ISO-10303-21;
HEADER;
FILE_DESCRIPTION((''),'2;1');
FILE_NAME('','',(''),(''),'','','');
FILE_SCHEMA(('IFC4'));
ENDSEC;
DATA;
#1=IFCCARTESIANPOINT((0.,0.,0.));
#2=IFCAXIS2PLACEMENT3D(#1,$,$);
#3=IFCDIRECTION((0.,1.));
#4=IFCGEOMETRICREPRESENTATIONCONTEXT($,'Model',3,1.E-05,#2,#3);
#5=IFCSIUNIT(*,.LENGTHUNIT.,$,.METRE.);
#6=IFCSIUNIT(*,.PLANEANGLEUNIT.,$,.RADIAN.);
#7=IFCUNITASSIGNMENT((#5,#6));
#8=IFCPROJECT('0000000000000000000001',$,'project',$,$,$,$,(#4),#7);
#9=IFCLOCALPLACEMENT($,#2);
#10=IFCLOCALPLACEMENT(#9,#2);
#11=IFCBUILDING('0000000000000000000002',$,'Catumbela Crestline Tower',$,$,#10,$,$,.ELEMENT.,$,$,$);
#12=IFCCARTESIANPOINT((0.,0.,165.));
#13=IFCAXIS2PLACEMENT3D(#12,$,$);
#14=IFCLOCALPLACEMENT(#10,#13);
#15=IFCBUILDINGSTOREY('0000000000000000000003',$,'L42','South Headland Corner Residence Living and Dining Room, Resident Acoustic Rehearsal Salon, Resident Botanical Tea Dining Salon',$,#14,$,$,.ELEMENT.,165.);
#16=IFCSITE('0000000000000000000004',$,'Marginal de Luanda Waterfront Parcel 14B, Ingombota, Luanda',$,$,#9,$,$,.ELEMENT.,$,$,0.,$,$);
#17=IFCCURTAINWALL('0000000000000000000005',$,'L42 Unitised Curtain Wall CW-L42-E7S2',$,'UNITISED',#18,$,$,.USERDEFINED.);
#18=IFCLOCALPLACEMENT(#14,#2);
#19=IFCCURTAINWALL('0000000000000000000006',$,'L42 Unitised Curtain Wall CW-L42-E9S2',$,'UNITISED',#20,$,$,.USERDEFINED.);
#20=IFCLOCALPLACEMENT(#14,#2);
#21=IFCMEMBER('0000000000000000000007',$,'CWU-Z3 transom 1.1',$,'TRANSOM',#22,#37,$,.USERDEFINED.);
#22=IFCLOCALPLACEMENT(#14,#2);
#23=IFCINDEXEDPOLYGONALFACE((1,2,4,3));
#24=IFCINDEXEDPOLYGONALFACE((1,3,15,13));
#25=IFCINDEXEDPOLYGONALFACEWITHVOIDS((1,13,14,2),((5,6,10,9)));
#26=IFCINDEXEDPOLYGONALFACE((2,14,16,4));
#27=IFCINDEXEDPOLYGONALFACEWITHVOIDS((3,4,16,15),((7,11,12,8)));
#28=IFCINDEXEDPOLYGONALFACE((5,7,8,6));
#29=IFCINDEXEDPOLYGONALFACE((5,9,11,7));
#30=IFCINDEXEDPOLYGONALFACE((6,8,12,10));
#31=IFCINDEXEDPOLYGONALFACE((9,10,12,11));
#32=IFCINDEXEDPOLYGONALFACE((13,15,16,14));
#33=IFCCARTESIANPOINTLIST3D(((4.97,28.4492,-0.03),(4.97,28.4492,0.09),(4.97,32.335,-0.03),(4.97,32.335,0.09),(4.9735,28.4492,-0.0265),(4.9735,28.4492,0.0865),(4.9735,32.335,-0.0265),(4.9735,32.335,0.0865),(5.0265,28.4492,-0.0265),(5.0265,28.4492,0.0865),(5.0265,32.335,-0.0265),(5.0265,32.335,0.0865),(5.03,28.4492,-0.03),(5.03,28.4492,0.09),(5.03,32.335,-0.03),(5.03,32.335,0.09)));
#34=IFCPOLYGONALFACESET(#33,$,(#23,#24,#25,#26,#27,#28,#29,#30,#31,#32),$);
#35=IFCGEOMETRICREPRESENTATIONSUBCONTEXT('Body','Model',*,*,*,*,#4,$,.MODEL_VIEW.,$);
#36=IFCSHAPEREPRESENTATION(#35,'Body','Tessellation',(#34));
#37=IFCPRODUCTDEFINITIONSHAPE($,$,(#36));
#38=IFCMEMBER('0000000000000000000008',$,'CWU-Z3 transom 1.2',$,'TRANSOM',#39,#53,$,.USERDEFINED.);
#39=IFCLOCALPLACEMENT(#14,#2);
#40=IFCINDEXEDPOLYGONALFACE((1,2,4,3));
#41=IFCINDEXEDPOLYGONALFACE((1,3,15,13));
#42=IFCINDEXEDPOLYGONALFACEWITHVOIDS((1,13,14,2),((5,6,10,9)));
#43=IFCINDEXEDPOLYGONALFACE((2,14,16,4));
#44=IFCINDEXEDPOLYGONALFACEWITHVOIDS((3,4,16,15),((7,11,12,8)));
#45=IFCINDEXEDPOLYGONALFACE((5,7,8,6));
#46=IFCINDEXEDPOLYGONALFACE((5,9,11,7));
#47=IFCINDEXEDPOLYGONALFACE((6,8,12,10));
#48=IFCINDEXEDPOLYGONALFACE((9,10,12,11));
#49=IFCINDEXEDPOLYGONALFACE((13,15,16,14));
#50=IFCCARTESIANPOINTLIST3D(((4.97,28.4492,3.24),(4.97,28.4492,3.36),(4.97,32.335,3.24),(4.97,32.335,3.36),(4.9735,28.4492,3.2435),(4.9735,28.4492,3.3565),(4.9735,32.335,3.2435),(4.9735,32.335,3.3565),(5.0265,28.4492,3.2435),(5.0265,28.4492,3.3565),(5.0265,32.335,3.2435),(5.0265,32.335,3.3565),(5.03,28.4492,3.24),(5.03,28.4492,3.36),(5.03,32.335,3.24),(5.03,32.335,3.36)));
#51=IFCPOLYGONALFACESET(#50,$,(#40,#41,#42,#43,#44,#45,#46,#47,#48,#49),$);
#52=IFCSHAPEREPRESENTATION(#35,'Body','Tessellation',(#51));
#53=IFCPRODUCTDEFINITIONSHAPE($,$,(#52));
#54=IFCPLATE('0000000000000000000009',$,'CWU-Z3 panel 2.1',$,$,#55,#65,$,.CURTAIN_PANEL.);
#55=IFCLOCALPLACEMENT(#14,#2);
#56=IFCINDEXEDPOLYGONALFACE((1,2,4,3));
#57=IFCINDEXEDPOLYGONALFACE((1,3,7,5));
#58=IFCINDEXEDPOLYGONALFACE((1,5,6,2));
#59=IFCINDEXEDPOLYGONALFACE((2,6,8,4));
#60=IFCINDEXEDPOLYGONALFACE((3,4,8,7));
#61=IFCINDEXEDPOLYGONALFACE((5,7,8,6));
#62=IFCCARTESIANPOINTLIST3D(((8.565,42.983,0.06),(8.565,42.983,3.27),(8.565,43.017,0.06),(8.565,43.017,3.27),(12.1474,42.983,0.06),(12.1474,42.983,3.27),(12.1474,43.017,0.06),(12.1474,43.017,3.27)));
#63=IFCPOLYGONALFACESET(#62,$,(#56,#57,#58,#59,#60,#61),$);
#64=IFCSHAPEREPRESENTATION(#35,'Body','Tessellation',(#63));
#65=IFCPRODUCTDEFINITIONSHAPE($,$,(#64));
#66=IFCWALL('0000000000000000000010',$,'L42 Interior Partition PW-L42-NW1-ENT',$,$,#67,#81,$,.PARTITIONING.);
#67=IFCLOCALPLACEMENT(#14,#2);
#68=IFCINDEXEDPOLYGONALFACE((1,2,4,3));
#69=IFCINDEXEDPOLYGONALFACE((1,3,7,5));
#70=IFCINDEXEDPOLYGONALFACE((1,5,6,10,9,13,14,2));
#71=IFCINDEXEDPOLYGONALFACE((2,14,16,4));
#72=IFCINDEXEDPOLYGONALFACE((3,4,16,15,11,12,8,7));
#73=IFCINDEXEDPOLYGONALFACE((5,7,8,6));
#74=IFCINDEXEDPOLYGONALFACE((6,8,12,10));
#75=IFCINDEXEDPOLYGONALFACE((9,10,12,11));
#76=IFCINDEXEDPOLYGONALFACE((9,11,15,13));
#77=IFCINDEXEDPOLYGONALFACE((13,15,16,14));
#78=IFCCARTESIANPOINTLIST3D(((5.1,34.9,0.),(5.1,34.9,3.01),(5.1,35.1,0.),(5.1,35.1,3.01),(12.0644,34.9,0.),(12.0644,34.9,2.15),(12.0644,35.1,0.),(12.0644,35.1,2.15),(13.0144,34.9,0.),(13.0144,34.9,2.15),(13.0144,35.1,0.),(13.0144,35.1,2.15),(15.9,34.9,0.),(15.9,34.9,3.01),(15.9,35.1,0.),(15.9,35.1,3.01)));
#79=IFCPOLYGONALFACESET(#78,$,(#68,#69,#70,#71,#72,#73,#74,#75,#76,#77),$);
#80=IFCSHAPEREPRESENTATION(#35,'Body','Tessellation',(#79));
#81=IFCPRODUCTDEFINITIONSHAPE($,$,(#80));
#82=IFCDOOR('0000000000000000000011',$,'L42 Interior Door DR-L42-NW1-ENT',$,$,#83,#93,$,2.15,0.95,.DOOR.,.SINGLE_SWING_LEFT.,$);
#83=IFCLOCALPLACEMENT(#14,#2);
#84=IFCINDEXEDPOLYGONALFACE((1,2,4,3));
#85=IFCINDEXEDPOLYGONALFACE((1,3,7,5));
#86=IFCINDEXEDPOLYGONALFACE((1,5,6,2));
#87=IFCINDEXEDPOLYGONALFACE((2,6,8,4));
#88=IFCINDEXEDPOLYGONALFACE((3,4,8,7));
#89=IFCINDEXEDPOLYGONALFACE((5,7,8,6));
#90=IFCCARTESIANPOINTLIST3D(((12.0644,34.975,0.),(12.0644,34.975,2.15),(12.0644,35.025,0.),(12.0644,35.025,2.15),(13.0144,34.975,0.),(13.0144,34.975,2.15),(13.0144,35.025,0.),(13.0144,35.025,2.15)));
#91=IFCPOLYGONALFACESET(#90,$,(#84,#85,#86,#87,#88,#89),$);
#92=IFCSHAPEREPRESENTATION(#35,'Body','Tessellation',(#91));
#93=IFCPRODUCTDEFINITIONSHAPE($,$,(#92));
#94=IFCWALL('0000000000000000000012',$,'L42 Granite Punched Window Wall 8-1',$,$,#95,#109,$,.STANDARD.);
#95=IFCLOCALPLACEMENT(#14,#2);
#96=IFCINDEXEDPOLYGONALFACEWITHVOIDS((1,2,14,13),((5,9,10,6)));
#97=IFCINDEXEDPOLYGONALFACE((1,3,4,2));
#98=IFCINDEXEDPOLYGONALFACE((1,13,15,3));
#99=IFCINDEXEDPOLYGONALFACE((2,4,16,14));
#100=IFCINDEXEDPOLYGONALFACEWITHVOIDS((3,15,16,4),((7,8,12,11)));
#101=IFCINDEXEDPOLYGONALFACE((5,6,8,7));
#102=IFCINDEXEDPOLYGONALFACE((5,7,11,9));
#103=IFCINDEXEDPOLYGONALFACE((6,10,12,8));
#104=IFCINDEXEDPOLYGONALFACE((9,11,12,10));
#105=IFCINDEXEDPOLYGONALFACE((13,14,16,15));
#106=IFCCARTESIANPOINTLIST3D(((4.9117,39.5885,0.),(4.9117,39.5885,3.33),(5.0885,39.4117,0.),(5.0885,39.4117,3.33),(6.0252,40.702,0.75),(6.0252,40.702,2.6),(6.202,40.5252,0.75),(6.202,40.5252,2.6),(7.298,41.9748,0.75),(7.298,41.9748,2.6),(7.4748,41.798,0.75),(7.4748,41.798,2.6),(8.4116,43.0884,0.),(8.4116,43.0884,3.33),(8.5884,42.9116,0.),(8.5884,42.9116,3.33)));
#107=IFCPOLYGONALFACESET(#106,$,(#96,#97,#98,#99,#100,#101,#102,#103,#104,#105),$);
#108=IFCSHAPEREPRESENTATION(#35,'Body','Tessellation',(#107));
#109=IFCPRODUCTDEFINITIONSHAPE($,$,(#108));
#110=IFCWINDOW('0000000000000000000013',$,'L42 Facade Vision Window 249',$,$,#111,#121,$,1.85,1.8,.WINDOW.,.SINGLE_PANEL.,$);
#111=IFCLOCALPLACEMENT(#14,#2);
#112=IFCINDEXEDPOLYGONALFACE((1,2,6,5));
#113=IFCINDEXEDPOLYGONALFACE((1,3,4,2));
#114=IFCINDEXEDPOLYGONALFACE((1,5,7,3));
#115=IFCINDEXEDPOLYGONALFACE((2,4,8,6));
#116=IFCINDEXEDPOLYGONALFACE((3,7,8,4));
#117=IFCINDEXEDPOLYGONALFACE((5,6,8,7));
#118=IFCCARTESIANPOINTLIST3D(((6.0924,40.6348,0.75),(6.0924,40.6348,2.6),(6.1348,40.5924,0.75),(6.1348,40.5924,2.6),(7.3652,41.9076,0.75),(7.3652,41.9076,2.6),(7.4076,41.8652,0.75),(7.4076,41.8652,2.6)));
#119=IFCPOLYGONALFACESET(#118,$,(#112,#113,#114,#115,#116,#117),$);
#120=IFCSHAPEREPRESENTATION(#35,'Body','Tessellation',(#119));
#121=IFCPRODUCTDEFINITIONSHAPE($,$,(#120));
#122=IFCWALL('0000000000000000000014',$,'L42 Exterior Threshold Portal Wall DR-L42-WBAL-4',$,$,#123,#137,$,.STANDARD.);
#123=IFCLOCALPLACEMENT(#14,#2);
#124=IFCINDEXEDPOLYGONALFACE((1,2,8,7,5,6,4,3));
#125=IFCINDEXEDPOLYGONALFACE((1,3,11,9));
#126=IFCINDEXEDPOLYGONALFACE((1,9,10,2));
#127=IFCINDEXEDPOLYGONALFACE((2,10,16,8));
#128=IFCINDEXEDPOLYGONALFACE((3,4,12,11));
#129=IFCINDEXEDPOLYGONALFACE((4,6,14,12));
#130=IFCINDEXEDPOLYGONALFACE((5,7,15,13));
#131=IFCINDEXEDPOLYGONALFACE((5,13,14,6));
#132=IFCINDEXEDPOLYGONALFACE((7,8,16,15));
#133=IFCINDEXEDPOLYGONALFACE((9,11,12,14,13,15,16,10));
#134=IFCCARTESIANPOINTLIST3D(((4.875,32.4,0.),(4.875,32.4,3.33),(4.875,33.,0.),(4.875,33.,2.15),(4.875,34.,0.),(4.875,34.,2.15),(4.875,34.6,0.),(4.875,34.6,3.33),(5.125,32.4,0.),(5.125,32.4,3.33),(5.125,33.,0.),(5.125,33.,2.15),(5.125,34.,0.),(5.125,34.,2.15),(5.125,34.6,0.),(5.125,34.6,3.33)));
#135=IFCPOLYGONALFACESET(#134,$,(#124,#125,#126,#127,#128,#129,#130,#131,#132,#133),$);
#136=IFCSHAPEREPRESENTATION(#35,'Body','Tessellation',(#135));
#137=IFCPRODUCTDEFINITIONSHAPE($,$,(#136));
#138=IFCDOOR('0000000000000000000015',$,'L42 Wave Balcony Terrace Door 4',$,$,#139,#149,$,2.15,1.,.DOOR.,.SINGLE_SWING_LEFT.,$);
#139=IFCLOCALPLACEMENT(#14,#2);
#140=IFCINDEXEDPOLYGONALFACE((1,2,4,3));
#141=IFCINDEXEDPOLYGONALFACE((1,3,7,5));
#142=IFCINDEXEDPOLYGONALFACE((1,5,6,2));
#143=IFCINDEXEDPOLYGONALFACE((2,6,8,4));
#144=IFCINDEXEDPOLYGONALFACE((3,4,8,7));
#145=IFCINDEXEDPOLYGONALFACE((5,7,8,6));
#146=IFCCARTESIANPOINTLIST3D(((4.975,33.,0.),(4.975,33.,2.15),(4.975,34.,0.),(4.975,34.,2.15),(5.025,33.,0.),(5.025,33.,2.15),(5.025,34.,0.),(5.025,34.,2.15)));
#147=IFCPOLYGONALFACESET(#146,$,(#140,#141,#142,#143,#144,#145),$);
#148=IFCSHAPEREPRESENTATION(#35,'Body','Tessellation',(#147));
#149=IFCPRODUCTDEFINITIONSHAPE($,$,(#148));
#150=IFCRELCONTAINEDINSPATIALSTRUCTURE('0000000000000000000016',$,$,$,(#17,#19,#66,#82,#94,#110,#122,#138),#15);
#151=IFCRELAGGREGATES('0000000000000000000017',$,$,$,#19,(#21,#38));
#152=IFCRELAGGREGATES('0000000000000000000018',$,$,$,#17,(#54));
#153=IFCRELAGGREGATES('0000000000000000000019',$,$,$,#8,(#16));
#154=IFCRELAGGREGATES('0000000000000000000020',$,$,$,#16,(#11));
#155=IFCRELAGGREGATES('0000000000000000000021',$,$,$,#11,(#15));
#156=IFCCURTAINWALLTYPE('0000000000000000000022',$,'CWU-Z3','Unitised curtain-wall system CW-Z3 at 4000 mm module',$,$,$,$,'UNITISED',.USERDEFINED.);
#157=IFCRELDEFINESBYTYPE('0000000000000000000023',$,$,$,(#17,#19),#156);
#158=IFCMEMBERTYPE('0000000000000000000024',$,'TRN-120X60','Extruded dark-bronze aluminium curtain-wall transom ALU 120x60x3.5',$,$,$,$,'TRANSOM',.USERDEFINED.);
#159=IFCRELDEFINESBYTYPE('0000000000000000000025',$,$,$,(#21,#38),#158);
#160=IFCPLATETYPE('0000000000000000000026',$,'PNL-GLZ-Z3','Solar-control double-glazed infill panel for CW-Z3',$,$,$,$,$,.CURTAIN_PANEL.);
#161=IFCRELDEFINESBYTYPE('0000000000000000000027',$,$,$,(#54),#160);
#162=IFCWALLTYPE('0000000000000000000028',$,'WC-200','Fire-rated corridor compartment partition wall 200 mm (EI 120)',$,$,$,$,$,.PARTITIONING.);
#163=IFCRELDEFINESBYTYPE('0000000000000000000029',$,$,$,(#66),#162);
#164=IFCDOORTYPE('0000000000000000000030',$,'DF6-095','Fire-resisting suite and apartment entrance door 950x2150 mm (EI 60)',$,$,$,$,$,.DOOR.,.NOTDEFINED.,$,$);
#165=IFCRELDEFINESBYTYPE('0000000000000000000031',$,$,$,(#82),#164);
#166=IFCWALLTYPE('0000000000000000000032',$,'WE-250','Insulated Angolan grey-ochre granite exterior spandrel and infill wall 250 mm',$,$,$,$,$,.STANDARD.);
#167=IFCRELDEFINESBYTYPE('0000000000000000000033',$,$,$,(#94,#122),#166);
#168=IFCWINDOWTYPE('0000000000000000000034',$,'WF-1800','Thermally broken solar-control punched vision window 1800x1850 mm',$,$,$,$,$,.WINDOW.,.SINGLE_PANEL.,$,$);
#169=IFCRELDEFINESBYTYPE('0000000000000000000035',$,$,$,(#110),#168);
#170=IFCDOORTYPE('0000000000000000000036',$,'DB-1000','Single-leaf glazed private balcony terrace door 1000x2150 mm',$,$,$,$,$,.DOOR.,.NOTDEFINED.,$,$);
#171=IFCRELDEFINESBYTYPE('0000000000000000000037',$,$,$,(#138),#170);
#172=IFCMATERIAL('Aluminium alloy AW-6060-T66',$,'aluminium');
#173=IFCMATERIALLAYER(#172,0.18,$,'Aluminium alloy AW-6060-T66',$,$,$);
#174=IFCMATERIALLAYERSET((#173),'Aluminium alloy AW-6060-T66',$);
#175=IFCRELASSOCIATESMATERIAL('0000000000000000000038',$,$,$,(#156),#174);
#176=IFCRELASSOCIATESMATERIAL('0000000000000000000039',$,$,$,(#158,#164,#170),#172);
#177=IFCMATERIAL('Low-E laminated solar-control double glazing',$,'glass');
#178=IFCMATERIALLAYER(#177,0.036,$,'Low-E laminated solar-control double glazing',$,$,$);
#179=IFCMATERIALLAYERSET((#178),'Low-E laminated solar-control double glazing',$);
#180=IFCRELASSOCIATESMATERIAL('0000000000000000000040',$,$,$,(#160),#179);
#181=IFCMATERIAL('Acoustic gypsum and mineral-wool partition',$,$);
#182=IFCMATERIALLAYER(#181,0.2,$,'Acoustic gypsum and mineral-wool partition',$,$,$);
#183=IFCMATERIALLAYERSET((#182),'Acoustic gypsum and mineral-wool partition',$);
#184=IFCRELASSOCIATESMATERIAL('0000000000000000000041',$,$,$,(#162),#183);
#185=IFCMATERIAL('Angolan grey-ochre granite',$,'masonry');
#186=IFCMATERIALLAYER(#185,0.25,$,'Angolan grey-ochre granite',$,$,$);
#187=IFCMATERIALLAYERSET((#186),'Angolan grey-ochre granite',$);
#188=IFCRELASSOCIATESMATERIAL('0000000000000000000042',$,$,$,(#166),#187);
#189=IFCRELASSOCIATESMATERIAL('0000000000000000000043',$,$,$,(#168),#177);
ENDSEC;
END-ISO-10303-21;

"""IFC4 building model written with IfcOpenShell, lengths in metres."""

from ifc_helpers import new_model, si_unit, direction, frame, frame_2d, origin, origin_2d, place, context, subcontext, project, spatial, rectangle, hollow_rectangle, extrude, material, layer, layer_set, material_profile, profile_set, type_object, element, fill, aggregate, save


model = new_model("IFC4")

# Units and contexts
model_context = context("Model", 3, precision=1e-05, world=origin(), true_north=direction((0.0, 1.0)))
body_context = subcontext(model_context, "Body", "Model", "MODEL_VIEW")
ifc_project = project(units=[si_unit("LENGTHUNIT", "METRE"), si_unit("PLANEANGLEUNIT", "RADIAN")], contexts=[model_context])

# Site, building, storey
site_placement = place(None, origin())
site = spatial("IfcSite", under=ifc_project, at=site_placement, Name="Marginal de Luanda Waterfront Parcel 14B, Ingombota, Luanda", CompositionType="ELEMENT", RefElevation=0.0)
building_placement = place(site_placement, origin())
building = spatial("IfcBuilding", under=site, at=building_placement, Name="Catumbela Crestline Tower", CompositionType="ELEMENT")
storey_placement = place(building_placement, frame((0.0, 0.0, 165.0)))
storey = spatial("IfcBuildingStorey", under=building, at=storey_placement, Name="L42", Description="South Headland Corner Residence Living and Dining Room, Resident Acoustic Rehearsal Salon, Resident Botanical Tea Dining Salon", CompositionType="ELEMENT", Elevation=165.0)

# Curtain walls
ifc_material_1 = material(Name="Aluminium alloy AW-6060-T66", Category="aluminium")
ifc_layer_1 = layer(ifc_material_1, 0.18, Name="Aluminium alloy AW-6060-T66")
ifc_layer_set_1 = layer_set([ifc_layer_1], Name="Aluminium alloy AW-6060-T66")
curtain_wall_type = type_object("IfcCurtainWallType", Name="CWU-Z3", Description="Unitised curtain-wall system CW-Z3 at 4000 mm module", ElementType="UNITISED", PredefinedType="USERDEFINED", material=ifc_layer_set_1)
curtain_wall_1_placement = place(storey_placement, origin())
curtain_wall_1 = element("IfcCurtainWall", 1, at=curtain_wall_1_placement, inside=storey, type_object=curtain_wall_type, Name="L42 Unitised Curtain Wall CW-L42-E7S2", ObjectType="UNITISED", PredefinedType="USERDEFINED")
curtain_wall_2_placement = place(storey_placement, origin())
curtain_wall_2 = element("IfcCurtainWall", 2, at=curtain_wall_2_placement, inside=storey, type_object=curtain_wall_type, Name="L42 Unitised Curtain Wall CW-L42-E9S2", ObjectType="UNITISED", PredefinedType="USERDEFINED")

# Members
ifc_material_profile_1 = material_profile(ifc_material_1, hollow_rectangle(XDim=0.06, YDim=0.12, WallThickness=0.0035, at=origin_2d()), Name="ALU 120x60x3.5")
ifc_profile_set_1 = profile_set([ifc_material_profile_1], Name="Aluminium alloy AW-6060-T66")
member_type_1 = type_object("IfcMemberType", Name="TRN-120X60", Description="Extruded dark-bronze aluminium curtain-wall transom ALU 120x60x3.5", ElementType="TRANSOM", PredefinedType="USERDEFINED", material=ifc_profile_set_1)
member_1_placement = place(storey_placement, frame((5.0, 32.335, 0.03), z_axis=(0.0, -1.0, 0.0), x_axis=(1.0, 0.0, 0.0)))
member_1 = element("IfcMember", 3, at=member_1_placement, type_object=member_type_1, Name="CWU-Z3 transom 1.1", ObjectType="TRANSOM", PredefinedType="USERDEFINED", context=body_context, shape_type="SweptSolid", body=[
    extrude(hollow_rectangle(XDim=0.06, YDim=0.12, WallThickness=0.0035, at=origin_2d()), origin(), (0.0, 0.0, 1.0), 3.8858),
])
member_2_placement = place(storey_placement, frame((5.0, 32.335, 3.3), z_axis=(0.0, -1.0, 0.0), x_axis=(1.0, 0.0, 0.0)))
member_2 = element("IfcMember", 4, at=member_2_placement, type_object=member_type_1, Name="CWU-Z3 transom 1.2", ObjectType="TRANSOM", PredefinedType="USERDEFINED", context=body_context, shape_type="SweptSolid", body=[
    extrude(hollow_rectangle(XDim=0.06, YDim=0.12, WallThickness=0.0035, at=origin_2d()), origin(), (0.0, 0.0, 1.0), 3.8858),
])
aggregate(curtain_wall_2, [member_1, member_2])

# Plate
ifc_material_2 = material(Name="Low-E laminated solar-control double glazing", Category="glass")
ifc_layer_2 = layer(ifc_material_2, 0.036, Name="Low-E laminated solar-control double glazing")
ifc_layer_set_2 = layer_set([ifc_layer_2], Name="Low-E laminated solar-control double glazing")
plate_type = type_object("IfcPlateType", Name="PNL-GLZ-Z3", Description="Solar-control double-glazed infill panel for CW-Z3", PredefinedType="CURTAIN_PANEL", material=ifc_layer_set_2)
plate_placement = place(storey_placement, frame((10.3562, 43.0, 0.06), z_axis=(0.0, 0.0, 1.0), x_axis=(-1.0, 0.0, 0.0)))
plate = element("IfcPlate", 5, at=plate_placement, type_object=plate_type, Name="CWU-Z3 panel 2.1", PredefinedType="CURTAIN_PANEL", context=body_context, shape_type="SweptSolid", body=[
    extrude(rectangle(XDim=3.5825, YDim=0.034, at=origin_2d()), origin(), (0.0, 0.0, 1.0), 3.21),
])
aggregate(curtain_wall_1, [plate])

# Wall, opening, door
ifc_material_3 = material(Name="Acoustic gypsum and mineral-wool partition")
ifc_layer_3 = layer(ifc_material_3, 0.2, Name="Acoustic gypsum and mineral-wool partition")
ifc_layer_set_3 = layer_set([ifc_layer_3], Name="Acoustic gypsum and mineral-wool partition")
wall_type_1 = type_object("IfcWallType", Name="WC-200", Description="Fire-rated corridor compartment partition wall 200 mm (EI 120)", PredefinedType="PARTITIONING", material=ifc_layer_set_3)
wall_1_placement = place(storey_placement, frame((5.1, 35.0, 0.0), z_axis=(0.0, 0.0, 1.0), x_axis=(1.0, 0.0, 0.0)))
wall_1 = element("IfcWall", 6, at=wall_1_placement, inside=storey, type_object=wall_type_1, Name="L42 Interior Partition PW-L42-NW1-ENT", PredefinedType="PARTITIONING", context=body_context, shape_type="SweptSolid", body=[
    extrude(rectangle(XDim=10.8, YDim=0.2, at=frame_2d((5.4, 0.0))), origin(), (0.0, 0.0, 1.0), 3.01),
])
opening_1_placement = place(wall_1_placement, frame((6.9644, 0.0, 0.0)))
opening_1 = element("IfcOpeningElement", 7, at=opening_1_placement, cuts=wall_1, PredefinedType="OPENING", context=body_context, shape_type="SweptSolid", body=[
    extrude(rectangle(XDim=0.95, YDim=2.15, at=frame_2d((0.475, 1.075))), frame((0.0, 0.11, 0.0), z_axis=(0.0, -1.0, 0.0), x_axis=(1.0, 0.0, 0.0)), (0.0, 0.0, 1.0), 0.22),
])
door_type_1 = type_object("IfcDoorType", Name="DF6-095", Description="Fire-resisting suite and apartment entrance door 950x2150 mm (EI 60)", OperationType="NOTDEFINED", PredefinedType="DOOR", material=ifc_material_1)
door_1_placement = place(opening_1_placement, origin())
door_1 = element("IfcDoor", 8, at=door_1_placement, inside=storey, type_object=door_type_1, Name="L42 Interior Door DR-L42-NW1-ENT", OperationType="SINGLE_SWING_LEFT", OverallHeight=2.15, OverallWidth=0.95, PredefinedType="DOOR", context=body_context, shape_type="SweptSolid", body=[
    extrude(rectangle(XDim=0.95, YDim=2.15, at=frame_2d((0.475, 1.075))), frame((0.0, 0.025, 0.0), z_axis=(0.0, -1.0, 0.0), x_axis=(1.0, 0.0, 0.0)), (0.0, 0.0, 1.0), 0.05),
])
fill(opening_1, door_1)

# Wall, opening, window
ifc_material_4 = material(Name="Angolan grey-ochre granite", Category="masonry")
ifc_layer_4 = layer(ifc_material_4, 0.25, Name="Angolan grey-ochre granite")
ifc_layer_set_4 = layer_set([ifc_layer_4], Name="Angolan grey-ochre granite")
wall_type_2 = type_object("IfcWallType", Name="WE-250", Description="Insulated Angolan grey-ochre granite exterior spandrel and infill wall 250 mm", PredefinedType="STANDARD", material=ifc_layer_set_4)
wall_2_placement = place(storey_placement, frame((8.5, 43.0, 0.0), z_axis=(0.0, 0.0, 1.0), x_axis=(-0.707107, -0.707107, 0.0)))
wall_2 = element("IfcWall", 9, at=wall_2_placement, inside=storey, type_object=wall_type_2, Name="L42 Granite Punched Window Wall 8-1", PredefinedType="STANDARD", context=body_context, shape_type="SweptSolid", body=[
    extrude(rectangle(XDim=4.9497, YDim=0.25, at=frame_2d((2.4748, 0.0))), origin(), (0.0, 0.0, 1.0), 3.33),
])
opening_2_placement = place(wall_2_placement, frame((1.5749, 0.0, 0.75)))
opening_2 = element("IfcOpeningElement", 10, at=opening_2_placement, cuts=wall_2, PredefinedType="OPENING", context=body_context, shape_type="SweptSolid", body=[
    extrude(rectangle(XDim=1.8, YDim=1.85, at=frame_2d((0.9, 0.925))), frame((0.0, 0.135, 0.0), z_axis=(0.0, -1.0, 0.0), x_axis=(1.0, 0.0, 0.0)), (0.0, 0.0, 1.0), 0.27),
])
window_type_1 = type_object("IfcWindowType", Name="WF-1800", Description="Thermally broken solar-control punched vision window 1800x1850 mm", PartitioningType="SINGLE_PANEL", PredefinedType="WINDOW", material=ifc_material_2)
window_1_placement = place(opening_2_placement, origin())
window_1 = element("IfcWindow", 11, at=window_1_placement, inside=storey, type_object=window_type_1, Name="L42 Facade Vision Window 249", OverallHeight=1.85, OverallWidth=1.8, PartitioningType="SINGLE_PANEL", PredefinedType="WINDOW", context=body_context, shape_type="SweptSolid", body=[
    extrude(rectangle(XDim=1.8, YDim=1.85, at=frame_2d((0.9, 0.925))), frame((0.0, 0.03, 0.0), z_axis=(0.0, -1.0, 0.0), x_axis=(1.0, 0.0, 0.0)), (0.0, 0.0, 1.0), 0.06),
])
fill(opening_2, window_1)

# Wall, opening, door
wall_3_placement = place(storey_placement, frame((5.0, 34.6, 0.0), z_axis=(0.0, 0.0, 1.0), x_axis=(0.0, -1.0, 0.0)))
wall_3 = element("IfcWall", 12, at=wall_3_placement, inside=storey, type_object=wall_type_2, Name="L42 Exterior Threshold Portal Wall DR-L42-WBAL-4", PredefinedType="STANDARD", context=body_context, shape_type="SweptSolid", body=[
    extrude(rectangle(XDim=2.2, YDim=0.25, at=frame_2d((1.1, 0.0))), origin(), (0.0, 0.0, 1.0), 3.33),
])
opening_3_placement = place(wall_3_placement, frame((0.6, 0.0, 0.0)))
opening_3 = element("IfcOpeningElement", 13, at=opening_3_placement, cuts=wall_3, PredefinedType="OPENING", context=body_context, shape_type="SweptSolid", body=[
    extrude(rectangle(XDim=1.0, YDim=2.15, at=frame_2d((0.5, 1.075))), frame((0.0, 0.135, 0.0), z_axis=(0.0, -1.0, 0.0), x_axis=(1.0, 0.0, 0.0)), (0.0, 0.0, 1.0), 0.27),
])
door_type_2 = type_object("IfcDoorType", Name="DB-1000", Description="Single-leaf glazed private balcony terrace door 1000x2150 mm", OperationType="NOTDEFINED", PredefinedType="DOOR", material=ifc_material_1)
door_2_placement = place(opening_3_placement, origin())
door_2 = element("IfcDoor", 14, at=door_2_placement, inside=storey, type_object=door_type_2, Name="L42 Wave Balcony Terrace Door 4", OperationType="SINGLE_SWING_LEFT", OverallHeight=2.15, OverallWidth=1.0, PredefinedType="DOOR", context=body_context, shape_type="SweptSolid", body=[
    extrude(rectangle(XDim=1.0, YDim=2.15, at=frame_2d((0.5, 1.075))), frame((0.0, 0.025, 0.0), z_axis=(0.0, -1.0, 0.0), x_axis=(1.0, 0.0, 0.0)), (0.0, 0.0, 1.0), 0.05),
])
fill(opening_3, door_2)

save(model, "model.ifc")
